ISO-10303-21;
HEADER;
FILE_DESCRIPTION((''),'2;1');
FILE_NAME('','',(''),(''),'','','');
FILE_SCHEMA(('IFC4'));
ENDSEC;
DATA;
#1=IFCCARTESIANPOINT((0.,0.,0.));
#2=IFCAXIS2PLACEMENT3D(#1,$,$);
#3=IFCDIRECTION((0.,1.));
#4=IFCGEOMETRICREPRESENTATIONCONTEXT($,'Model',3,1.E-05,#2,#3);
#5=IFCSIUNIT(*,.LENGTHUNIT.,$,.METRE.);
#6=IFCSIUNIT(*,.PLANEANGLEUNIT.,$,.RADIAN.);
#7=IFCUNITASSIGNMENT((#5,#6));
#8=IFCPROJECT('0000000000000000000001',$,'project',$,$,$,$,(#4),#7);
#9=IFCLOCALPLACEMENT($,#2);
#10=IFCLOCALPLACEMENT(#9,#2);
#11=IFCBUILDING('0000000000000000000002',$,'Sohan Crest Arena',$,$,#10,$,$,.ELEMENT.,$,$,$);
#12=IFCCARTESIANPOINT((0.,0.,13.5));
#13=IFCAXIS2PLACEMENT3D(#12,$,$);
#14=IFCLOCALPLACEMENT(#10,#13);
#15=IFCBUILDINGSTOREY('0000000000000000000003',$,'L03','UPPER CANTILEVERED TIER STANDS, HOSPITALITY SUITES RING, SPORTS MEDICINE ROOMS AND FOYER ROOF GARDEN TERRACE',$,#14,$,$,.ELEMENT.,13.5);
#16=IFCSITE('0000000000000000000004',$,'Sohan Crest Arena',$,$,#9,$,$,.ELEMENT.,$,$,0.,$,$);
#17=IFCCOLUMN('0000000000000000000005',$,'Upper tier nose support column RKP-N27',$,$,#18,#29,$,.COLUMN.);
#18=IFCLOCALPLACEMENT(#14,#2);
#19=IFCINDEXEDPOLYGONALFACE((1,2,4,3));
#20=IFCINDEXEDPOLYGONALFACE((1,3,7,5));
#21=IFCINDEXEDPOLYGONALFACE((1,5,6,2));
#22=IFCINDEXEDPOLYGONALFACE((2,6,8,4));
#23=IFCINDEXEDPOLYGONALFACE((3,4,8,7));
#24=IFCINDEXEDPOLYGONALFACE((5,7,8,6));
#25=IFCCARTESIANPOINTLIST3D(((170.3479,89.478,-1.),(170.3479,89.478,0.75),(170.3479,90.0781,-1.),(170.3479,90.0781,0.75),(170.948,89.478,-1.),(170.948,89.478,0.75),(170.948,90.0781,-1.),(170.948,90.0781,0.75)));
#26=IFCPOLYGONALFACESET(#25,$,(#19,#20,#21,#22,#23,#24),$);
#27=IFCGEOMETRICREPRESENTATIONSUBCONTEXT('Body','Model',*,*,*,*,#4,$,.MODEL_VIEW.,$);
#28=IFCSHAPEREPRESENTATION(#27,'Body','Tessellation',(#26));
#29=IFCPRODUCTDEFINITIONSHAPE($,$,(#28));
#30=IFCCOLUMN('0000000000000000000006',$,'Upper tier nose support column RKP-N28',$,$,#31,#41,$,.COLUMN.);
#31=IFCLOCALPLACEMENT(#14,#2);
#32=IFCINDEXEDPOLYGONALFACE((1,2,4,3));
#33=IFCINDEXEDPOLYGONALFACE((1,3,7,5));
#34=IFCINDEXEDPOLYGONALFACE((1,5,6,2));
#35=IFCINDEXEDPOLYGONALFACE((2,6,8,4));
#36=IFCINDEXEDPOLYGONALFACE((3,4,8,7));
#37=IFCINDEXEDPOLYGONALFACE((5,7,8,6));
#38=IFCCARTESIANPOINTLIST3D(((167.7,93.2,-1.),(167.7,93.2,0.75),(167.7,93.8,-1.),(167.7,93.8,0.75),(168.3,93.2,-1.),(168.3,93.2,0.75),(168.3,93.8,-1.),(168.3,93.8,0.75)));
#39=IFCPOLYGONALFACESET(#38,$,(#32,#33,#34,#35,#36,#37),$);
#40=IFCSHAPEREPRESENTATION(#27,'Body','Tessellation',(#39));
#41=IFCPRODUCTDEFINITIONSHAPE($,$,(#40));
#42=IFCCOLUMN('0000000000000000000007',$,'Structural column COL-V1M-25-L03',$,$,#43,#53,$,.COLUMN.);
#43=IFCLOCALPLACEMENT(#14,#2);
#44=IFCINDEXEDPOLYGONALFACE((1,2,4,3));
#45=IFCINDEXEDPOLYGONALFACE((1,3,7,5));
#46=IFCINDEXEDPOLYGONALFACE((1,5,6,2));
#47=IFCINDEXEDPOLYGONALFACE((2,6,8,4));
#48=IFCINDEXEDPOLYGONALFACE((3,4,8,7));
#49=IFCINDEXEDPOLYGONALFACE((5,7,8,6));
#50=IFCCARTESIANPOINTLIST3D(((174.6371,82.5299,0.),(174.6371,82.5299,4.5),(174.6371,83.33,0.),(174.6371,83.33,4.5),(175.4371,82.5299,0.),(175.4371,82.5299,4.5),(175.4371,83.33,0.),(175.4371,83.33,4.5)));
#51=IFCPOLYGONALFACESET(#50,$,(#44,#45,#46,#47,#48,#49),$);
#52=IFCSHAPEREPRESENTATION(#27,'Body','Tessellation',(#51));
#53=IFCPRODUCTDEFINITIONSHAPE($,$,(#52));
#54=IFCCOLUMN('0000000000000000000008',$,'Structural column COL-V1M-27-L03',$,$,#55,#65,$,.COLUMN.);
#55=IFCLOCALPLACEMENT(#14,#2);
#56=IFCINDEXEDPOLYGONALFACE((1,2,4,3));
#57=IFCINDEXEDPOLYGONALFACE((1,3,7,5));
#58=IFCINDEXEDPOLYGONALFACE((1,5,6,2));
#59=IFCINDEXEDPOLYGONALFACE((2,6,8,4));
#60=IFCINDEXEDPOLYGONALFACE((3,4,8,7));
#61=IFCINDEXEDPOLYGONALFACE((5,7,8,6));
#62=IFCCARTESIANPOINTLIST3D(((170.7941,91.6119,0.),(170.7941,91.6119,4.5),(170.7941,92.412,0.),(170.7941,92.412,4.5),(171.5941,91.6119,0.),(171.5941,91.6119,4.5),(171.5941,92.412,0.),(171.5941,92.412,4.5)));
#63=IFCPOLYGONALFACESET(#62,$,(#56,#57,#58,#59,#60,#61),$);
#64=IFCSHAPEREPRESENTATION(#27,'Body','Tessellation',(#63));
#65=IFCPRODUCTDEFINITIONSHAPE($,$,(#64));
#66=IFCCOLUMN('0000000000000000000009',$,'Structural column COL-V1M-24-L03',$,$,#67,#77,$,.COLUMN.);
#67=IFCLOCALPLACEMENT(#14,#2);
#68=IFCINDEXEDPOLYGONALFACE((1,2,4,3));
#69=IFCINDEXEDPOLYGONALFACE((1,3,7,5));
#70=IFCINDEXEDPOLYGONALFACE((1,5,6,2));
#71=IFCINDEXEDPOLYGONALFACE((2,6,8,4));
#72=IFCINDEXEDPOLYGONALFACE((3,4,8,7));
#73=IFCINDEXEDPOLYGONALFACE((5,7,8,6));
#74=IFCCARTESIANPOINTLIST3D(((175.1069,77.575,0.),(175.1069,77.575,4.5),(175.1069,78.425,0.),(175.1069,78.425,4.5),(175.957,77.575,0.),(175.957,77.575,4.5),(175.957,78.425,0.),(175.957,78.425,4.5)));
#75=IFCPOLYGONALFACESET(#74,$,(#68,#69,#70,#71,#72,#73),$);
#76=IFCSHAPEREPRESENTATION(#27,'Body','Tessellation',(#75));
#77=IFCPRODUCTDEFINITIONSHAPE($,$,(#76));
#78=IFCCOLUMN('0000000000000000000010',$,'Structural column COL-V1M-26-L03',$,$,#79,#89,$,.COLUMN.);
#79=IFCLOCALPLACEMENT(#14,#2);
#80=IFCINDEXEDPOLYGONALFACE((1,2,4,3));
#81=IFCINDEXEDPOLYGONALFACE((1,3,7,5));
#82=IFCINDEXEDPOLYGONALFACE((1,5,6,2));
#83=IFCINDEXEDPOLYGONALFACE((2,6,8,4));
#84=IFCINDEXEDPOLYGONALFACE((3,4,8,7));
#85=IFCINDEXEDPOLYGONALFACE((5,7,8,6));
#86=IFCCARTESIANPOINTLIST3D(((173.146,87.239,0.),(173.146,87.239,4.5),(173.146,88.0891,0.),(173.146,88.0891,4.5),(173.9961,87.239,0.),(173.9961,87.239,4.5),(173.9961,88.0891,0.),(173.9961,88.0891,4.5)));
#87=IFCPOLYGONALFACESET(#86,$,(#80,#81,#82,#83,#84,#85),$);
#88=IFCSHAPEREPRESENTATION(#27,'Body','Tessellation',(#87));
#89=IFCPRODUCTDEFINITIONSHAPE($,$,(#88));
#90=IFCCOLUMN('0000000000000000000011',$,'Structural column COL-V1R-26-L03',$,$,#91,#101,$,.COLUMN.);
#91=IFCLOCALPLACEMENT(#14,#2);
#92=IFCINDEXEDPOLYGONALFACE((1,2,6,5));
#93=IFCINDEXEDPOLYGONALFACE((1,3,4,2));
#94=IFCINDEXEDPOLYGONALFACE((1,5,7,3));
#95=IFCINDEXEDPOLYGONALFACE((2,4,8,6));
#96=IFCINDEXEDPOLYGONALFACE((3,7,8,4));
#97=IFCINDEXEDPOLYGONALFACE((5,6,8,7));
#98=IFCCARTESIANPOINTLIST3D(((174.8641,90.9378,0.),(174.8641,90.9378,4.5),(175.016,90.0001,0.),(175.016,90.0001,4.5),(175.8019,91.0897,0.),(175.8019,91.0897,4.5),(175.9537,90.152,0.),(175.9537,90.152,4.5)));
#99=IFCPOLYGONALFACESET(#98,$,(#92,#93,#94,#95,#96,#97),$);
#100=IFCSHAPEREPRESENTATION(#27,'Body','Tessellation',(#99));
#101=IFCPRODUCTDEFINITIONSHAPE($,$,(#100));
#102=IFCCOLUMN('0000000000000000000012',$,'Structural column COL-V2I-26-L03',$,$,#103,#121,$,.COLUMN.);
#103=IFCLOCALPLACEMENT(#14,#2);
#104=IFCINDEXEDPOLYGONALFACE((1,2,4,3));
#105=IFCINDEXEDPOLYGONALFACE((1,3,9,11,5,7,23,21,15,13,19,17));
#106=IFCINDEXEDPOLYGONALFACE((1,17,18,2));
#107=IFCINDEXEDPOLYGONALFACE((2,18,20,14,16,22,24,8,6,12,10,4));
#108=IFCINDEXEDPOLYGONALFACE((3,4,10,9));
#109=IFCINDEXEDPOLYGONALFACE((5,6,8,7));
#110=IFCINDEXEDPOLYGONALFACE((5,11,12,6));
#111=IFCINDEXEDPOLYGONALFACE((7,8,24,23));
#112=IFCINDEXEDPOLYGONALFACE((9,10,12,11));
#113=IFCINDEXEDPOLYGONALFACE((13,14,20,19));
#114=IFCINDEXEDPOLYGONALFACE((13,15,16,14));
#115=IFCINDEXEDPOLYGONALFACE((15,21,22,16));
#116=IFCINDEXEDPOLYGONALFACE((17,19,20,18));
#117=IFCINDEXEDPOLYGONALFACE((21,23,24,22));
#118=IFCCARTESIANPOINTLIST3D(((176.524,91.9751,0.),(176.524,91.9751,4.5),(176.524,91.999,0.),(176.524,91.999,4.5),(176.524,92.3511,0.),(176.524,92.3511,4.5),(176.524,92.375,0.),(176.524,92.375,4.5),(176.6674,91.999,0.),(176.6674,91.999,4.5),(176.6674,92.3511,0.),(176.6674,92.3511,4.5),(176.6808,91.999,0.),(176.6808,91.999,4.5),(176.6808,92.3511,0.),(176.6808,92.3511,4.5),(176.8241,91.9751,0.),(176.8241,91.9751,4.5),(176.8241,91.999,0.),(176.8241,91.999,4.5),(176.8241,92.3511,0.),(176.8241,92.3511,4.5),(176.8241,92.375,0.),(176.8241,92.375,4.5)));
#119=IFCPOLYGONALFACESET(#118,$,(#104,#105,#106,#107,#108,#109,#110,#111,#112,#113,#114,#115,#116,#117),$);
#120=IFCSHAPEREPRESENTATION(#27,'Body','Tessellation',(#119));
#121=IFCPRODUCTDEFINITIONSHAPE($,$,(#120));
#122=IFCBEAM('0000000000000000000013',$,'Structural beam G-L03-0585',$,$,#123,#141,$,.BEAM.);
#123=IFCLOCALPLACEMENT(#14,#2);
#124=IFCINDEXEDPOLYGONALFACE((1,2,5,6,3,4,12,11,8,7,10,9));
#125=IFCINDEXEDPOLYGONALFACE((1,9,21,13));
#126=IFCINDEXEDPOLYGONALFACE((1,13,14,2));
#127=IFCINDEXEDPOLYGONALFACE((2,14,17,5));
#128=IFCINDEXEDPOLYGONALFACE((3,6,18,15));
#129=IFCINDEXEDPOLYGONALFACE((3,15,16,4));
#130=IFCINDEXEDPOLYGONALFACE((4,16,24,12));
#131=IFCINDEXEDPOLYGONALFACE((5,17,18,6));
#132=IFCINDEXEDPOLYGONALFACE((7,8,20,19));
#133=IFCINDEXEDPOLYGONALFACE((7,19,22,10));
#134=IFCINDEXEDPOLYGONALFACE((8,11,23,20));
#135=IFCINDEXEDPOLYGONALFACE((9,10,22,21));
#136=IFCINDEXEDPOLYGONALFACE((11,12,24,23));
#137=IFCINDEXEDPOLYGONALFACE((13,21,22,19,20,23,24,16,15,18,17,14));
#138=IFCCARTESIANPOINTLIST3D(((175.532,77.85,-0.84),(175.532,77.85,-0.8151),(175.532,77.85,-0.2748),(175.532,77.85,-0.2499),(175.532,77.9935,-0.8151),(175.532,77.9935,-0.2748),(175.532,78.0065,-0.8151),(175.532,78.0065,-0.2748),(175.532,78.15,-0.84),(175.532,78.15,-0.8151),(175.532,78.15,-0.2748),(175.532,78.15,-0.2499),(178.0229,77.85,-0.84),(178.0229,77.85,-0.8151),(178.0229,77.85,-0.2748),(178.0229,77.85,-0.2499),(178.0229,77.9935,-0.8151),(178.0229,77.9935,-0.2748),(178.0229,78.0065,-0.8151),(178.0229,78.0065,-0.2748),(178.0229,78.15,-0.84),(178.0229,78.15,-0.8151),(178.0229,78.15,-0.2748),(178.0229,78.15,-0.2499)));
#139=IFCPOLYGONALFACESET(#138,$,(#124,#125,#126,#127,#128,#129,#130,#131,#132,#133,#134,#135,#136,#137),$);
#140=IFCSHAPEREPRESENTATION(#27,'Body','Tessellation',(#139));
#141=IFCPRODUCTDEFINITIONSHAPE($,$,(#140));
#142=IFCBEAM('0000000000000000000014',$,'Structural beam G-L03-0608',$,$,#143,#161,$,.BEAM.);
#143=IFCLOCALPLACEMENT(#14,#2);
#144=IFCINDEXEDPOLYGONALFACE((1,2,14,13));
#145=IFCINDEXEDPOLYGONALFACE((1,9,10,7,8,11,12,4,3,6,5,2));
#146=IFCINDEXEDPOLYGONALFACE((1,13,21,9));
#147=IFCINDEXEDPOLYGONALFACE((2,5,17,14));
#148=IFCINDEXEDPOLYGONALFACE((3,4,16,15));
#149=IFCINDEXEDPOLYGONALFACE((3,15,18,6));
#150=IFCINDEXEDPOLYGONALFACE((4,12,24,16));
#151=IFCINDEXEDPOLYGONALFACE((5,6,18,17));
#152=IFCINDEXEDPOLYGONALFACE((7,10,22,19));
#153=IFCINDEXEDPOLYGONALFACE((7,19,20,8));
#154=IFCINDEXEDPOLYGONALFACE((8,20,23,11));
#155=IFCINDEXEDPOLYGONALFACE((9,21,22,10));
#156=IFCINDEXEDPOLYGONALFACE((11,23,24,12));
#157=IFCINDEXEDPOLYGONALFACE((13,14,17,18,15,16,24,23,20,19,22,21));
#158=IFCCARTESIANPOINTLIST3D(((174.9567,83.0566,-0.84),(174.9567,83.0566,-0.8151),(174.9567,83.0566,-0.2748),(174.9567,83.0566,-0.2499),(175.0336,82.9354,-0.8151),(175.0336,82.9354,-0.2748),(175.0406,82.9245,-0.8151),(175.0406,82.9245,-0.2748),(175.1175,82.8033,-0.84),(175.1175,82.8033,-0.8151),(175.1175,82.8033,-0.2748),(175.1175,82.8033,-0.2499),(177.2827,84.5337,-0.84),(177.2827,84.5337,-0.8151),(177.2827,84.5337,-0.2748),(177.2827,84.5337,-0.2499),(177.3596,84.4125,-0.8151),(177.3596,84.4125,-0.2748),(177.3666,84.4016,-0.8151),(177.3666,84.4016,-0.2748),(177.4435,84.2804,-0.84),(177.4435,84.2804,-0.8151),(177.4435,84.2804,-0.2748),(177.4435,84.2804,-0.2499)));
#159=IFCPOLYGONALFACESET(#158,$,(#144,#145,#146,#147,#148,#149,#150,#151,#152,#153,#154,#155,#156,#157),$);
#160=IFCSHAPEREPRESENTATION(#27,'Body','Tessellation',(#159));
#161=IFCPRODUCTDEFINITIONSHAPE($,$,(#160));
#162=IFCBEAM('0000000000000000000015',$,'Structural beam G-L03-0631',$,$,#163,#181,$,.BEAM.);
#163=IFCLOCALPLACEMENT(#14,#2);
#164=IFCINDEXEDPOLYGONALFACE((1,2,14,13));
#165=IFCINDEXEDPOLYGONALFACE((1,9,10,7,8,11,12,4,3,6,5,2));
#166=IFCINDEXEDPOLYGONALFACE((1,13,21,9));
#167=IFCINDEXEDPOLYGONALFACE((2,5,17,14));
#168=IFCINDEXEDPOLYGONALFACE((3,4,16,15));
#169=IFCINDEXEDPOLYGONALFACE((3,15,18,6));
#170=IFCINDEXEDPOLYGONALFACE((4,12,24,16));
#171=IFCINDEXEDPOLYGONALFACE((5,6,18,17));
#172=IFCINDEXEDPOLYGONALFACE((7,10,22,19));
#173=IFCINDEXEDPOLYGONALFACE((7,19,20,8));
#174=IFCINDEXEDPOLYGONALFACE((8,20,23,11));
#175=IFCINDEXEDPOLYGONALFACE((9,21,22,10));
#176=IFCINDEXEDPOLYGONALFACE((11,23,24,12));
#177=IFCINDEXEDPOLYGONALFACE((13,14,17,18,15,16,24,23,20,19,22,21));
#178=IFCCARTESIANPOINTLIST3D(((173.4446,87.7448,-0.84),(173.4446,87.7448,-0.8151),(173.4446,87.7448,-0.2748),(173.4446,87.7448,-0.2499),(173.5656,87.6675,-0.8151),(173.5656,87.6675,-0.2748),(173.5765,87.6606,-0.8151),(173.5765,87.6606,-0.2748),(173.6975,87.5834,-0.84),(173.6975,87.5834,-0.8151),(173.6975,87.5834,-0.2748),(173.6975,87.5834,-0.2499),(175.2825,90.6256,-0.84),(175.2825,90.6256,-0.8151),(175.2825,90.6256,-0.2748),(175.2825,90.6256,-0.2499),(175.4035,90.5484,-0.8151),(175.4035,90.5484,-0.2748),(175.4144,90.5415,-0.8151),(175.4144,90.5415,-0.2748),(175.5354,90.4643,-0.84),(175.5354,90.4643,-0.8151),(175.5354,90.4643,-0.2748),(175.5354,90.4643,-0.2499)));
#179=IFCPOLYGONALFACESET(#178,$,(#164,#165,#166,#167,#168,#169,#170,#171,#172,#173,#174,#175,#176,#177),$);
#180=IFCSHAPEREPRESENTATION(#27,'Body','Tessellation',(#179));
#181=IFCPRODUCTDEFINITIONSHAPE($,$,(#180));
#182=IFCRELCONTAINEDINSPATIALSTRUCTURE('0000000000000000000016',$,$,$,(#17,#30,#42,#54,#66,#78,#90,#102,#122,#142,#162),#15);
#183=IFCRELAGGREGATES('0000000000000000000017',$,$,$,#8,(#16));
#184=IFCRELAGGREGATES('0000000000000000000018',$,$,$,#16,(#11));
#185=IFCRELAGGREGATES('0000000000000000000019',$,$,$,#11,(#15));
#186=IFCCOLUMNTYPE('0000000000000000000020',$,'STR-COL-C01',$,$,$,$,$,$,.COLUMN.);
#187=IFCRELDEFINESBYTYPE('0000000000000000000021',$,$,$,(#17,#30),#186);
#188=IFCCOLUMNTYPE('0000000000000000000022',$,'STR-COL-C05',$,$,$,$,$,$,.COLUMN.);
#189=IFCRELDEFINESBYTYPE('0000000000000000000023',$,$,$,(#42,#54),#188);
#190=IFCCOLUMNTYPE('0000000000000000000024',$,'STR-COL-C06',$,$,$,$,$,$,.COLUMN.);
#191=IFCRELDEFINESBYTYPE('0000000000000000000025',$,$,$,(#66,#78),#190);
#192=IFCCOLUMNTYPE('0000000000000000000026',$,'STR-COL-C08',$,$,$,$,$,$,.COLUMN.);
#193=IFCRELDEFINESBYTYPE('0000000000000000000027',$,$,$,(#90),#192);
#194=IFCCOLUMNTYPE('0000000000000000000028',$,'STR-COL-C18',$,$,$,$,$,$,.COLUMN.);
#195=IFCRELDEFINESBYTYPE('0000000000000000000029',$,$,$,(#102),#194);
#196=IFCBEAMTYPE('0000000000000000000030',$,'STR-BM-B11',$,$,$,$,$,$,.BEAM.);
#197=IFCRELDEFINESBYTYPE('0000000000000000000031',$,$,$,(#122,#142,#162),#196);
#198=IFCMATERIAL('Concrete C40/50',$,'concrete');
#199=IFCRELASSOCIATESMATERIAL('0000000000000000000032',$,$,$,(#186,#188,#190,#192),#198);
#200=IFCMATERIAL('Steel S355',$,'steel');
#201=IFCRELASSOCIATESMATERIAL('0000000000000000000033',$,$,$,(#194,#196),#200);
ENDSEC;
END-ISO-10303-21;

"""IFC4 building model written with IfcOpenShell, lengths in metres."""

from ifc_helpers import new_model, si_unit, direction, frame, origin, origin_2d, place, context, subcontext, project, spatial, rectangle, i_section, extrude, material, material_profile, profile_set, type_object, element, save


model = new_model("IFC4")

# Units and contexts
model_context = context("Model", 3, precision=1e-05, world=origin(), true_north=direction((0.0, 1.0)))
body_context = subcontext(model_context, "Body", "Model", "MODEL_VIEW")
ifc_project = project(units=[si_unit("LENGTHUNIT", "METRE"), si_unit("PLANEANGLEUNIT", "RADIAN")], contexts=[model_context])

# Site, building, storey
site_placement = place(None, origin())
site = spatial("IfcSite", under=ifc_project, at=site_placement, Name="Sohan Crest Arena", CompositionType="ELEMENT", RefElevation=0.0)
building_placement = place(site_placement, origin())
building = spatial("IfcBuilding", under=site, at=building_placement, Name="Sohan Crest Arena", CompositionType="ELEMENT")
storey_placement = place(building_placement, frame((0.0, 0.0, 13.5)))
storey = spatial("IfcBuildingStorey", under=building, at=storey_placement, Name="L03", Description="UPPER CANTILEVERED TIER STANDS, HOSPITALITY SUITES RING, SPORTS MEDICINE ROOMS AND FOYER ROOF GARDEN TERRACE", CompositionType="ELEMENT", Elevation=13.5)

# Columns
ifc_material_1 = material(Name="Concrete C40/50", Category="concrete")
ifc_material_profile_1 = material_profile(ifc_material_1, rectangle(XDim=0.6001, YDim=0.6001, at=origin_2d()), Name="RC 600x600")
ifc_profile_set_1 = profile_set([ifc_material_profile_1], Name="Concrete C40/50")
column_type_1 = type_object("IfcColumnType", Name="STR-COL-C01", PredefinedType="COLUMN", material=ifc_profile_set_1)
for number, where, z_axis, x_axis, name in (
    (1, (170.6479, 89.7781, -1.0), (0.0, 0.0, 1.0), (1.0, 0.0, 0.0), "Upper tier nose support column RKP-N27"),
    (2, (168.0, 93.5, -1.0), (0.0, 0.0, 1.0), (1.0, 0.0, 0.0), "Upper tier nose support column RKP-N28"),
):
    element("IfcColumn", number, at=place(storey_placement, frame(where, z_axis=z_axis, x_axis=x_axis)), inside=storey, type_object=column_type_1, Name=name, PredefinedType="COLUMN", context=body_context, shape_type="SweptSolid", body=[
        extrude(rectangle(XDim=0.6001, YDim=0.6001, at=origin_2d()), origin(), (0.0, 0.0, 1.0), 1.75),
    ])
ifc_material_profile_2 = material_profile(ifc_material_1, rectangle(XDim=0.8, YDim=0.8, at=origin_2d()), Name="RC 800x800")
ifc_profile_set_2 = profile_set([ifc_material_profile_2], Name="Concrete C40/50")
column_type_2 = type_object("IfcColumnType", Name="STR-COL-C05", PredefinedType="COLUMN", material=ifc_profile_set_2)
for number, where, z_axis, x_axis, name in (
    (3, (175.0371, 82.9299, 0.0), (0.0, 0.0, 1.0), (1.0, 0.0, 0.0), "Structural column COL-V1M-25-L03"),
    (4, (171.1941, 92.012, 0.0), (0.0, 0.0, 1.0), (1.0, 0.0, 0.0), "Structural column COL-V1M-27-L03"),
):
    element("IfcColumn", number, at=place(storey_placement, frame(where, z_axis=z_axis, x_axis=x_axis)), inside=storey, type_object=column_type_2, Name=name, PredefinedType="COLUMN", context=body_context, shape_type="SweptSolid", body=[
        extrude(rectangle(XDim=0.8, YDim=0.8, at=origin_2d()), origin(), (0.0, 0.0, 1.0), 4.5),
    ])
ifc_material_profile_3 = material_profile(ifc_material_1, rectangle(XDim=0.8501, YDim=0.8501, at=origin_2d()), Name="RC 850x850")
ifc_profile_set_3 = profile_set([ifc_material_profile_3], Name="Concrete C40/50")
column_type_3 = type_object("IfcColumnType", Name="STR-COL-C06", PredefinedType="COLUMN", material=ifc_profile_set_3)
for number, where, z_axis, x_axis, name in (
    (5, (175.532, 78.0, 0.0), (0.0, 0.0, 1.0), (1.0, 0.0, 0.0), "Structural column COL-V1M-24-L03"),
    (6, (173.571, 87.6641, 0.0), (0.0, 0.0, 1.0), (1.0, 0.0, 0.0), "Structural column COL-V1M-26-L03"),
):
    element("IfcColumn", number, at=place(storey_placement, frame(where, z_axis=z_axis, x_axis=x_axis)), inside=storey, type_object=column_type_3, Name=name, PredefinedType="COLUMN", context=body_context, shape_type="SweptSolid", body=[
        extrude(rectangle(XDim=0.8501, YDim=0.8501, at=origin_2d()), origin(), (0.0, 0.0, 1.0), 4.5),
    ])
ifc_material_profile_4 = material_profile(ifc_material_1, rectangle(XDim=0.95, YDim=0.95, at=origin_2d()), Name="RC 950x950")
ifc_profile_set_4 = profile_set([ifc_material_profile_4], Name="Concrete C40/50")
column_type_4 = type_object("IfcColumnType", Name="STR-COL-C08", PredefinedType="COLUMN", material=ifc_profile_set_4)
column_1_placement = place(storey_placement, frame((175.4089, 90.5449, 0.0), z_axis=(0.0, 0.0, 1.0), x_axis=(0.987136, 0.159881, 0.0)))
element("IfcColumn", 7, at=column_1_placement, inside=storey, type_object=column_type_4, Name="Structural column COL-V1R-26-L03", PredefinedType="COLUMN", context=body_context, shape_type="SweptSolid", body=[
    extrude(rectangle(XDim=0.95, YDim=0.95, at=origin_2d()), origin(), (0.0, 0.0, 1.0), 4.5),
])
ifc_material_2 = material(Name="Steel S355", Category="steel")
ifc_material_profile_5 = material_profile(ifc_material_2, i_section(OverallWidth=0.3, OverallDepth=0.3999, WebThickness=0.0134, FlangeThickness=0.0239, at=origin_2d()), Name="HEB 400")
ifc_profile_set_5 = profile_set([ifc_material_profile_5], Name="Steel S355")
column_type_5 = type_object("IfcColumnType", Name="STR-COL-C18", PredefinedType="COLUMN", material=ifc_profile_set_5)
column_2_placement = place(storey_placement, frame((176.6741, 92.175, 0.0), z_axis=(0.0, 0.0, 1.0), x_axis=(1.0, 0.0, 0.0)))
element("IfcColumn", 8, at=column_2_placement, inside=storey, type_object=column_type_5, Name="Structural column COL-V2I-26-L03", PredefinedType="COLUMN", context=body_context, shape_type="SweptSolid", body=[
    extrude(i_section(OverallWidth=0.3, OverallDepth=0.3999, WebThickness=0.0134, FlangeThickness=0.0239, at=origin_2d()), origin(), (0.0, 0.0, 1.0), 4.5),
])

# Beams
ifc_material_profile_6 = material_profile(ifc_material_2, i_section(OverallWidth=0.3, OverallDepth=0.5901, WebThickness=0.0129, FlangeThickness=0.0249, at=origin_2d()), Name="HEA 600")
ifc_profile_set_6 = profile_set([ifc_material_profile_6], Name="Steel S355")
beam_type_1 = type_object("IfcBeamType", Name="STR-BM-B11", PredefinedType="BEAM", material=ifc_profile_set_6)
beam_1_placement = place(storey_placement, frame((175.532, 78.0, -0.5449), z_axis=(1.0, 0.0, 0.0), x_axis=(0.0, 1.0, 0.0)))
element("IfcBeam", 9, at=beam_1_placement, inside=storey, type_object=beam_type_1, Name="Structural beam G-L03-0585", PredefinedType="BEAM", context=body_context, shape_type="SweptSolid", body=[
    extrude(i_section(OverallWidth=0.3, OverallDepth=0.5901, WebThickness=0.0129, FlangeThickness=0.0249, at=origin_2d()), origin(), (0.0, 0.0, 1.0), 2.491),
])
beam_2_placement = place(storey_placement, frame((175.0371, 82.9299, -0.5449), z_axis=(0.844168, 0.536078, 0.0), x_axis=(-0.536078, 0.844168, 0.0)))
element("IfcBeam", 10, at=beam_2_placement, inside=storey, type_object=beam_type_1, Name="Structural beam G-L03-0608", PredefinedType="BEAM", context=body_context, shape_type="SweptSolid", body=[
    extrude(i_section(OverallWidth=0.3, OverallDepth=0.5901, WebThickness=0.0129, FlangeThickness=0.0249, at=origin_2d()), origin(), (0.0, 0.0, 1.0), 2.7554),
])
beam_3_placement = place(storey_placement, frame((173.571, 87.6641, -0.5449), z_axis=(0.537837, 0.843049, 0.0), x_axis=(-0.843049, 0.537837, 0.0)))
element("IfcBeam", 11, at=beam_3_placement, inside=storey, type_object=beam_type_1, Name="Structural beam G-L03-0631", PredefinedType="BEAM", context=body_context, shape_type="SweptSolid", body=[
    extrude(i_section(OverallWidth=0.3, OverallDepth=0.5901, WebThickness=0.0129, FlangeThickness=0.0249, at=origin_2d()), origin(), (0.0, 0.0, 1.0), 3.4172),
])

save(model, "model.ifc")
